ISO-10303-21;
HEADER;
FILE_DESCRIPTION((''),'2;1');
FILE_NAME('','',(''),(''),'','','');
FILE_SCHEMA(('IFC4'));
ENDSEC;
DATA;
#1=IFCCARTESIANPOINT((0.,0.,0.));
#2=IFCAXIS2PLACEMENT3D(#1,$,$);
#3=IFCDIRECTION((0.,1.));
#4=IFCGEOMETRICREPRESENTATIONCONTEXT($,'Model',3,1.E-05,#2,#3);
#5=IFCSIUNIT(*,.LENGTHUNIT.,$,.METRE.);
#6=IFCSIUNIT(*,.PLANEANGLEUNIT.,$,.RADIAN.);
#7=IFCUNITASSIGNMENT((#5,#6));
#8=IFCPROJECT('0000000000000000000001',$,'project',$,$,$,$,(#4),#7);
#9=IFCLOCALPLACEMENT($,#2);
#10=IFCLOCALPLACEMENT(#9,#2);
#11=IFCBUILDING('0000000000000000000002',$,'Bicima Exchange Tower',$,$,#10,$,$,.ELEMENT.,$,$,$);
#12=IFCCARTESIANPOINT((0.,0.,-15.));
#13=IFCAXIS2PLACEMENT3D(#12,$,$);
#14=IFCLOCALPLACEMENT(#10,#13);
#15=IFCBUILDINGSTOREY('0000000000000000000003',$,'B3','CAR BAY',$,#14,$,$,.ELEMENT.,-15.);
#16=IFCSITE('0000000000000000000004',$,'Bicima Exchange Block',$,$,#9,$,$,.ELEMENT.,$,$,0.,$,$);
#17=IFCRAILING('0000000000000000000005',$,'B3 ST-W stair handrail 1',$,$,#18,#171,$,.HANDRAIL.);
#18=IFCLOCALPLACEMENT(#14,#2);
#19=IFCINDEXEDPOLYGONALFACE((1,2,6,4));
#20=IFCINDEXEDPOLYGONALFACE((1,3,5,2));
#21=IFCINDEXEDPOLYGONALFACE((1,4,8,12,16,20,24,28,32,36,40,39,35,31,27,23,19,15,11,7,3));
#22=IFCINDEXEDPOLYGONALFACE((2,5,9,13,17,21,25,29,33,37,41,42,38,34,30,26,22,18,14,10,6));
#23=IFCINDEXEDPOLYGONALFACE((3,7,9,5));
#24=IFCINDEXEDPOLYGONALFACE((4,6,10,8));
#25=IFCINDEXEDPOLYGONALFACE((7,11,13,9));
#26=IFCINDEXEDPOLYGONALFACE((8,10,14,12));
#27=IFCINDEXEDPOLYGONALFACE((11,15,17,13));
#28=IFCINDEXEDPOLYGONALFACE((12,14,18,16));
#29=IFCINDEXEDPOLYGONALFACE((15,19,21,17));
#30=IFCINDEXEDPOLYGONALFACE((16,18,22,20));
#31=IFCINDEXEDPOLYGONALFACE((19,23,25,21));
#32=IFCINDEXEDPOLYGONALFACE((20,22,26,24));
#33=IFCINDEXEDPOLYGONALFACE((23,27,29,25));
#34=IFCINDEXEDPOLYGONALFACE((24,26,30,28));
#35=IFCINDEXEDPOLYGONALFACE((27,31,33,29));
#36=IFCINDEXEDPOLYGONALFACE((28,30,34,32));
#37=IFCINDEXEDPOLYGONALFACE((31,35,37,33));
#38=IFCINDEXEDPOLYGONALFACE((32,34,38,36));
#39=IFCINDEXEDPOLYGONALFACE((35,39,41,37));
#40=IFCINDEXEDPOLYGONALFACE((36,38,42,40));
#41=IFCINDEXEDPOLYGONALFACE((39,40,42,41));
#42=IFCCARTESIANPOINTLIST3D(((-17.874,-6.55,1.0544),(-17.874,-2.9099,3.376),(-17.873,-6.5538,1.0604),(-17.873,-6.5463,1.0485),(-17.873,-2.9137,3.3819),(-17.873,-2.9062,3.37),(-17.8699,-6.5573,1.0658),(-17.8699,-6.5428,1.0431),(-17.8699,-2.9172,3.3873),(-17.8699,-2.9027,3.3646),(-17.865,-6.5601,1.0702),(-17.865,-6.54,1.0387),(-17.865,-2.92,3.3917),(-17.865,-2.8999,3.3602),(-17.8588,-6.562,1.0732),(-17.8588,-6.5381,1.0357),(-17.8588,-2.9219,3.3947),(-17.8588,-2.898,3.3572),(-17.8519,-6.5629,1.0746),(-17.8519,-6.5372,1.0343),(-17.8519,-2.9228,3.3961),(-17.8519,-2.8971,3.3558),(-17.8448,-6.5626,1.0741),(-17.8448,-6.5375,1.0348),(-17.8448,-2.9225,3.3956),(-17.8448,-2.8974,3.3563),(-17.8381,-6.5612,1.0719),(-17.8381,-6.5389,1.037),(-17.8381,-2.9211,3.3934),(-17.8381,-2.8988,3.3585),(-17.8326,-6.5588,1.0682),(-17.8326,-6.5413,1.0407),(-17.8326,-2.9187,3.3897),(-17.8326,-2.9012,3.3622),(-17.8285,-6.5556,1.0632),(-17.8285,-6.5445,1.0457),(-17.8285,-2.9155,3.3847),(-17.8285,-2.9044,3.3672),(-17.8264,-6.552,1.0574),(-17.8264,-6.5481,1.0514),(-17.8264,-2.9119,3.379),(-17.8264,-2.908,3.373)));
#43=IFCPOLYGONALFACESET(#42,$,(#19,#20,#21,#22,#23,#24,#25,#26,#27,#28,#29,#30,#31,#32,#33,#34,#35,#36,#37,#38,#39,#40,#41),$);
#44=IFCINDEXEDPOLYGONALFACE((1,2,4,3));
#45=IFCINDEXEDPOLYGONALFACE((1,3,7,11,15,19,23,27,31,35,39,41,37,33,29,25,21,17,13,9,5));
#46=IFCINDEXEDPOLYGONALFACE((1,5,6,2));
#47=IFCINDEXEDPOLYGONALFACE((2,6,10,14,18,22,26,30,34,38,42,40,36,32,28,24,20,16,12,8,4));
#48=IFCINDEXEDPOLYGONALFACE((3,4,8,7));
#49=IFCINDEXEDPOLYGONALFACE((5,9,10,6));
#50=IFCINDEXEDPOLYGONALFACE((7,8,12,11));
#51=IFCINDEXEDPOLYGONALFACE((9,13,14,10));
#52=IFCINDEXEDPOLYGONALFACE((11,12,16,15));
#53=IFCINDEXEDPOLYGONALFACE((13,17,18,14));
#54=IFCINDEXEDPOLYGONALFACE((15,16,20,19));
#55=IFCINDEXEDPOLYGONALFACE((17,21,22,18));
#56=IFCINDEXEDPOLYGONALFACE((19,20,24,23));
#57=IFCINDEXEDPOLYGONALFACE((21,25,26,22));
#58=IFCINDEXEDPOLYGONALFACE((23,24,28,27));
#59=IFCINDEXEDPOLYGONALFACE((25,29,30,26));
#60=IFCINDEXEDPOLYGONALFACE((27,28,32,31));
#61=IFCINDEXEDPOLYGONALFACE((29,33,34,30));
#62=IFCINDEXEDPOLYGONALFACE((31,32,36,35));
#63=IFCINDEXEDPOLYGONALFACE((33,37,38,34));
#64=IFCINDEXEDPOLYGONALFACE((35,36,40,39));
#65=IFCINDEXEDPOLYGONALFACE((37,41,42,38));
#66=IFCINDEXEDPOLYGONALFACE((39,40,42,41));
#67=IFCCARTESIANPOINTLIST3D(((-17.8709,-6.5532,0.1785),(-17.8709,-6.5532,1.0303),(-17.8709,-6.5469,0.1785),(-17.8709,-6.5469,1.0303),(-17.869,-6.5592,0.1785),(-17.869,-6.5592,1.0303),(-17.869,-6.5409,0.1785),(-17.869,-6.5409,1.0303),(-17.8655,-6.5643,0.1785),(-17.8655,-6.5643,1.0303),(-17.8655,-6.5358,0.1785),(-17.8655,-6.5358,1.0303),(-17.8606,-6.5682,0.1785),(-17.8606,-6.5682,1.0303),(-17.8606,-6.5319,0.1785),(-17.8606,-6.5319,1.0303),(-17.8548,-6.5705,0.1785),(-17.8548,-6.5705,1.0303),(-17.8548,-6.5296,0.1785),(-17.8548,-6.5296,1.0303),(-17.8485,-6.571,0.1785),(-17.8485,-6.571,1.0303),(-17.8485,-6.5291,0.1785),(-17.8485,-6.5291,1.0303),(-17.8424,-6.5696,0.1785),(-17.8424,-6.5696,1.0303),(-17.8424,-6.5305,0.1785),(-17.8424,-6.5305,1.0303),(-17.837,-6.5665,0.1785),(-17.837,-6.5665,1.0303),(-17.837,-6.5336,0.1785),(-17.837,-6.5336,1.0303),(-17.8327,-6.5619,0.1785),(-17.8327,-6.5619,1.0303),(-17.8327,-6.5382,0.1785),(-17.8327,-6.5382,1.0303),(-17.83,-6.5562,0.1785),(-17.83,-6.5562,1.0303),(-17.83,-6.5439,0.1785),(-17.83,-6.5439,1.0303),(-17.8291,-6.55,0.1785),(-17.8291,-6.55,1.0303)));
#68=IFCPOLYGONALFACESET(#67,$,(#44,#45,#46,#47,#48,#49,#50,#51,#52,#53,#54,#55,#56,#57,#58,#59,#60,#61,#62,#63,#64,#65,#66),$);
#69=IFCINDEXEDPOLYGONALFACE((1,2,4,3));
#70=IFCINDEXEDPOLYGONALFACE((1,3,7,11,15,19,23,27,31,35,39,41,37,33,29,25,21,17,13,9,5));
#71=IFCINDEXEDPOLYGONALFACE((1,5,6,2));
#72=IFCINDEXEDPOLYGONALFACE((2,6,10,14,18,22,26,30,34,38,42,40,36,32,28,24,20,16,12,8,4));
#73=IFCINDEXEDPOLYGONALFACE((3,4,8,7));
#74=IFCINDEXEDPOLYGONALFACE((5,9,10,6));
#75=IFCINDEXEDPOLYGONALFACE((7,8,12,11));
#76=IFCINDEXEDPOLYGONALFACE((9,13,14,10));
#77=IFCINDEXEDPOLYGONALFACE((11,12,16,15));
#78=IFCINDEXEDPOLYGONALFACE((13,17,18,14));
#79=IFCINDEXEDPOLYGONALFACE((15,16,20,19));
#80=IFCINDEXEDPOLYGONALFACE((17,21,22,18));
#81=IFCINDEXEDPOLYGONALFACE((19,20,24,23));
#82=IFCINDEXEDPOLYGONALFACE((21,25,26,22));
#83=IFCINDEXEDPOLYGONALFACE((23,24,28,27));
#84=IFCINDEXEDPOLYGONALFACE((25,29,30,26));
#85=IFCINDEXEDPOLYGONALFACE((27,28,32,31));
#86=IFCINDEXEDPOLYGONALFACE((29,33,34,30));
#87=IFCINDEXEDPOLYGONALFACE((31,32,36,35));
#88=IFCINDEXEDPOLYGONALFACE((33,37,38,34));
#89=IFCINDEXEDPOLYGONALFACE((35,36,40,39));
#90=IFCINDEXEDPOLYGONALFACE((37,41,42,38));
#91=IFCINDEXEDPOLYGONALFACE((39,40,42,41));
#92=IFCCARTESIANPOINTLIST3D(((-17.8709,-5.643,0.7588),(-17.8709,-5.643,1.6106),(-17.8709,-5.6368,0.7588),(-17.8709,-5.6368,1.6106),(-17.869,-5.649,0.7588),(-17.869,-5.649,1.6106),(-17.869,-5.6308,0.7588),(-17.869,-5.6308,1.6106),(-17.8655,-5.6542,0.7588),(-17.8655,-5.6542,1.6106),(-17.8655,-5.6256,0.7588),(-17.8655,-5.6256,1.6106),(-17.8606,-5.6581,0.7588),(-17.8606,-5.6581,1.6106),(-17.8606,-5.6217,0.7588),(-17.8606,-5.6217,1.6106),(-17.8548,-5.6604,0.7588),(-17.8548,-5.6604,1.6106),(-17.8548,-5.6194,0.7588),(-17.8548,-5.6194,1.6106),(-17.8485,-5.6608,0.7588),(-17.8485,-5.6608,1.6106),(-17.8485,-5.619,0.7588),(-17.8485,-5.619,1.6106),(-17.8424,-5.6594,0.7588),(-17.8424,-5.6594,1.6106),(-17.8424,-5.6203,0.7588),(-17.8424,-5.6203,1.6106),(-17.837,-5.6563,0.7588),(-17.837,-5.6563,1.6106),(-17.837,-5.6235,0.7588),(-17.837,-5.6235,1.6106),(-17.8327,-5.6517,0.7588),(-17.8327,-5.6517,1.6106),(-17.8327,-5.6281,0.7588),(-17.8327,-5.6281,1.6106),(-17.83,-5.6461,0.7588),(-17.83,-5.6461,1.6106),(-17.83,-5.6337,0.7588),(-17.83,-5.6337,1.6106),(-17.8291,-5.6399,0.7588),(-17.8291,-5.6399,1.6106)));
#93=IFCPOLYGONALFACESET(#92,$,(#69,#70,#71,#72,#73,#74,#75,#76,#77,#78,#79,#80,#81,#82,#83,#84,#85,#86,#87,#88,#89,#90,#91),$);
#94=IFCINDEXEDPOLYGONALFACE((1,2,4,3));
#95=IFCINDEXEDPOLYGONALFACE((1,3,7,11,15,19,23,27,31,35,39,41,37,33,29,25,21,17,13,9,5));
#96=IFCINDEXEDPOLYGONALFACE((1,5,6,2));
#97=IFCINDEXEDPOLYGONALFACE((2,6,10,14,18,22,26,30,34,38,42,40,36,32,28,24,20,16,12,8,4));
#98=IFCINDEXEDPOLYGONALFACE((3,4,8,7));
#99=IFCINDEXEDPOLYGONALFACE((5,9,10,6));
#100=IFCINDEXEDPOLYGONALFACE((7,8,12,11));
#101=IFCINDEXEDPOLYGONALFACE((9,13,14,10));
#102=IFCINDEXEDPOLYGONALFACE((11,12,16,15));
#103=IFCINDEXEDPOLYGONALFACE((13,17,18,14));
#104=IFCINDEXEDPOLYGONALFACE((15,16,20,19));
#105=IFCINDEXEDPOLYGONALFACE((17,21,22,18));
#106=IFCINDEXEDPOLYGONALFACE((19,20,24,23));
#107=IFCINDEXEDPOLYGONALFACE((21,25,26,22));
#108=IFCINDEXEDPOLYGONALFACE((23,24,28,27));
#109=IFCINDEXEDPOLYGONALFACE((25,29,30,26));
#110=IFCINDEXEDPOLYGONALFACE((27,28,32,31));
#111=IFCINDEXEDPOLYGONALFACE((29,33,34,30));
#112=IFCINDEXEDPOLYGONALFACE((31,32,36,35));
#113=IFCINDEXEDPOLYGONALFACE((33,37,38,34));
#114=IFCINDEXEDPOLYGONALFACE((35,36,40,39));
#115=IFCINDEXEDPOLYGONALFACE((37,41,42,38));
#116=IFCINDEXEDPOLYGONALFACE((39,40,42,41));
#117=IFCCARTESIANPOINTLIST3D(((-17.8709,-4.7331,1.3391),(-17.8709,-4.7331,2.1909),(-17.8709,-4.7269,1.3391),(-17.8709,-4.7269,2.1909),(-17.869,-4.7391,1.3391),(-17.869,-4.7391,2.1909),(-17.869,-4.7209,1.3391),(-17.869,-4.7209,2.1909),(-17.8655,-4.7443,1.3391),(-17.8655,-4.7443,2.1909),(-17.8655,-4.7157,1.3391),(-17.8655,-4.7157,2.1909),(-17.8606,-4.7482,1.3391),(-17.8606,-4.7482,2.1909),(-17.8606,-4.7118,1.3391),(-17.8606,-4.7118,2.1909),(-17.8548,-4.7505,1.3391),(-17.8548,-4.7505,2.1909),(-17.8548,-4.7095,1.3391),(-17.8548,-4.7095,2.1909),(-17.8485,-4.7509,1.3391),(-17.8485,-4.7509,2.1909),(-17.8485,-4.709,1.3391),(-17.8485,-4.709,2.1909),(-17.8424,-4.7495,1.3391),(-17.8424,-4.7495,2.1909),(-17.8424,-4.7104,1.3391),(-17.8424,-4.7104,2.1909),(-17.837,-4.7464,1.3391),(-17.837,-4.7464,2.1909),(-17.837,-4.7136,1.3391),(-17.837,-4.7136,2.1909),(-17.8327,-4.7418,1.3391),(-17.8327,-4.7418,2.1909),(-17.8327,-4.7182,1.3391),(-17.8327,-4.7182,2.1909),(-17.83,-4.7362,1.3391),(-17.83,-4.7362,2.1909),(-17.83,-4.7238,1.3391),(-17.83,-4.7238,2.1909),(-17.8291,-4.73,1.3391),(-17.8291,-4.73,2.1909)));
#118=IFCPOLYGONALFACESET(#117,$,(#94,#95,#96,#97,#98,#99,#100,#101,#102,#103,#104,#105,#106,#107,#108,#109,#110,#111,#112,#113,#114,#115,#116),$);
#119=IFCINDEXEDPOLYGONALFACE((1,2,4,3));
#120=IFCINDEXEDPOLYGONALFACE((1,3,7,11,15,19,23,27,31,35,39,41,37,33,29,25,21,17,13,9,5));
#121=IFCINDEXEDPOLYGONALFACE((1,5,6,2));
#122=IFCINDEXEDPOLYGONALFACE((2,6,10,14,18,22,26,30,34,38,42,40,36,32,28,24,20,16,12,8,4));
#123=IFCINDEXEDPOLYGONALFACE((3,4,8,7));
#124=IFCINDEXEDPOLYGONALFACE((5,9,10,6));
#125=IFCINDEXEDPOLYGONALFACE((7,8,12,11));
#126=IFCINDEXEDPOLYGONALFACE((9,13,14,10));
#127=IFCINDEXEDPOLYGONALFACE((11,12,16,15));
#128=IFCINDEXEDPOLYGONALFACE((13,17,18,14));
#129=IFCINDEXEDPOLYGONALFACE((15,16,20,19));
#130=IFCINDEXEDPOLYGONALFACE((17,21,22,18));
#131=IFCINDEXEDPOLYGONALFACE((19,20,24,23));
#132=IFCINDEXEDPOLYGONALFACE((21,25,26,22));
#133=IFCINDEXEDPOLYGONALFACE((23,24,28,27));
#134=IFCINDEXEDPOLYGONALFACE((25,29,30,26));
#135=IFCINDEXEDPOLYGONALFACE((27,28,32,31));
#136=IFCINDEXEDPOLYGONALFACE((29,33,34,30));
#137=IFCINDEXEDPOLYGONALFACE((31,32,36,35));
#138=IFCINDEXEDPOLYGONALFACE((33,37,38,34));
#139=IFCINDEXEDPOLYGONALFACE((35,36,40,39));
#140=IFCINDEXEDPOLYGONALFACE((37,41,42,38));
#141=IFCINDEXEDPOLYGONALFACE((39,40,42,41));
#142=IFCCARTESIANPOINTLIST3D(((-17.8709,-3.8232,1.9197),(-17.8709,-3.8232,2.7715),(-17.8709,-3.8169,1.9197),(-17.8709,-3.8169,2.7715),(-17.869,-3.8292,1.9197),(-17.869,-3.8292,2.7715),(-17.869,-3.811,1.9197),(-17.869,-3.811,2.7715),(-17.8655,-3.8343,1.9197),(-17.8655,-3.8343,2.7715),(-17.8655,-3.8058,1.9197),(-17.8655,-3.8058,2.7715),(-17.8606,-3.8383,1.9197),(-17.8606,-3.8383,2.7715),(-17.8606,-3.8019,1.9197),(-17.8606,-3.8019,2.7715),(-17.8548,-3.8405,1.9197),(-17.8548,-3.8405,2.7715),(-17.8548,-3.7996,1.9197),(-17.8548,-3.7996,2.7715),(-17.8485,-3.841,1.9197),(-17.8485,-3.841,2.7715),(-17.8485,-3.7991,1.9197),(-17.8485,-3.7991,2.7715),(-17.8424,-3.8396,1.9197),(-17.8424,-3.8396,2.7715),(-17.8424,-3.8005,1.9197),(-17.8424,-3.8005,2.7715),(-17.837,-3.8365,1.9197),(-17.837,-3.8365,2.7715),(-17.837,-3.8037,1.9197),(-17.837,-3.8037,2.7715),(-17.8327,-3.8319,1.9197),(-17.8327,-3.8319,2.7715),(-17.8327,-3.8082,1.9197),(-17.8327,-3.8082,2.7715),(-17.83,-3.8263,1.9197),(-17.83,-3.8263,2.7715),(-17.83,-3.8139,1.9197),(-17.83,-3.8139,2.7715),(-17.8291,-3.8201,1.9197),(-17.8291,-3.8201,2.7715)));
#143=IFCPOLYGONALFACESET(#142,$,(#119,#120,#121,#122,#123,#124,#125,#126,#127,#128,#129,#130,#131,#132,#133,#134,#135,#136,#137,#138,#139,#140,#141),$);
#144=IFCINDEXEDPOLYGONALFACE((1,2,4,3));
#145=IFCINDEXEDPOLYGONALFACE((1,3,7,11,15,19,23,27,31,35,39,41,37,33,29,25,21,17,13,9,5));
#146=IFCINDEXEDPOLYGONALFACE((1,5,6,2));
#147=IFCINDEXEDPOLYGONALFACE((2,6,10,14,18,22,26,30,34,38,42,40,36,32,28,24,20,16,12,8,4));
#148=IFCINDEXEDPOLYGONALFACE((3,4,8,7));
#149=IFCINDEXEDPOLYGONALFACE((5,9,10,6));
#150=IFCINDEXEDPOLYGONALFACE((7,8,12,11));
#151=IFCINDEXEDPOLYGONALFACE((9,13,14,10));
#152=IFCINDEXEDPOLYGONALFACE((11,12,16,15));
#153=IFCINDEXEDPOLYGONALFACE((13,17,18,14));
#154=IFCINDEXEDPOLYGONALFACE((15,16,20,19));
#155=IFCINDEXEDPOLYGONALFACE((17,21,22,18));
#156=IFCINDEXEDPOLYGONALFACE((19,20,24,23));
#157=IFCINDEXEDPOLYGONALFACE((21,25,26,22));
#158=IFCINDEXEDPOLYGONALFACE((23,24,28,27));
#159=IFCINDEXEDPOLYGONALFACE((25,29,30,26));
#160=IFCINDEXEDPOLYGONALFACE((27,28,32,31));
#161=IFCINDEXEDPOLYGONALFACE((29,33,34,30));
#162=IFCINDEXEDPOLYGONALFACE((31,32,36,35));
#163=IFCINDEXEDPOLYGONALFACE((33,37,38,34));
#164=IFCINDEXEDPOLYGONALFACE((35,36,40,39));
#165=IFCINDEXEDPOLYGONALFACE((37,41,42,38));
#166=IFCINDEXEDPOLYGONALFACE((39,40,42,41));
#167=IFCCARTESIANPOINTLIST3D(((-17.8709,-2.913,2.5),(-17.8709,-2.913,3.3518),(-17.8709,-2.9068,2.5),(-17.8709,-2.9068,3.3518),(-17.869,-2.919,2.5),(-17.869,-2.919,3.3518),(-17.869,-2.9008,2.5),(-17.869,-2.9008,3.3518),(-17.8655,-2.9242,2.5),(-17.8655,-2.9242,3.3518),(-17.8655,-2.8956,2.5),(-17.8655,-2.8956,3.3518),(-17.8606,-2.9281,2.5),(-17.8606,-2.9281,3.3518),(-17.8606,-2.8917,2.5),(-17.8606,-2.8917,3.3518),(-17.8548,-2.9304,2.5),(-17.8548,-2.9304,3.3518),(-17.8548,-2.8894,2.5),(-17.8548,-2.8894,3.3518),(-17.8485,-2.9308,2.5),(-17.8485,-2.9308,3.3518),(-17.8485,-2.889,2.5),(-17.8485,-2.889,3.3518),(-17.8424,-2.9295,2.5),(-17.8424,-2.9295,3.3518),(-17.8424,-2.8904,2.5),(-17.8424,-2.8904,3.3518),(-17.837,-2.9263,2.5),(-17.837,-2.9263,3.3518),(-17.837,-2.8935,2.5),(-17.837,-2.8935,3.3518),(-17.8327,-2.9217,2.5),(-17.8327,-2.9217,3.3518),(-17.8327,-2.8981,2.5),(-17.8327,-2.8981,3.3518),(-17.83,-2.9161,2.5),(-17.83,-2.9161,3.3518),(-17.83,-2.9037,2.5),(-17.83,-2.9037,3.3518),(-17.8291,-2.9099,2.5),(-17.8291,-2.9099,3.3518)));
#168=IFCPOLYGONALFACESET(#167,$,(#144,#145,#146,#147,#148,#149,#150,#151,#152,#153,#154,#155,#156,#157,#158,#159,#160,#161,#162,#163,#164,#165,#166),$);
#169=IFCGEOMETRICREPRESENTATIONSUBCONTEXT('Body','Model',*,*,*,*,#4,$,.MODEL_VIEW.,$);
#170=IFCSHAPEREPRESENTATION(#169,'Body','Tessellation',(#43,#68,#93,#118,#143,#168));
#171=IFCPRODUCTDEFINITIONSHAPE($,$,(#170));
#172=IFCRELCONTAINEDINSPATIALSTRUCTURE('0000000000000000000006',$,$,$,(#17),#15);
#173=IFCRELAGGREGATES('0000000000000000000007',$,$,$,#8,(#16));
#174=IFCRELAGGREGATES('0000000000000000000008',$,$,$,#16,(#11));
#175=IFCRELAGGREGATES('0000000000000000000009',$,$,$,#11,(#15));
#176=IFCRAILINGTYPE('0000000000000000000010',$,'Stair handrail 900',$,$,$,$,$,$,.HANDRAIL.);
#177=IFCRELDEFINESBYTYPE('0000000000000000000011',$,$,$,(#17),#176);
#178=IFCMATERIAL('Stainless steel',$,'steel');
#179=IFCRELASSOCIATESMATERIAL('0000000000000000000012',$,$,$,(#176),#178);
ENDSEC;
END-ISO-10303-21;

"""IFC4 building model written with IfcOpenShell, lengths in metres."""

from ifc_helpers import new_model, si_unit, direction, frame, origin, origin_2d, place, context, subcontext, project, spatial, circle, extrude, material, type_object, element, save


model = new_model("IFC4")

# Units and contexts
model_context = context("Model", 3, precision=1e-05, world=origin(), true_north=direction((0.0, 1.0)))
body_context = subcontext(model_context, "Body", "Model", "MODEL_VIEW")
ifc_project = project(units=[si_unit("LENGTHUNIT", "METRE"), si_unit("PLANEANGLEUNIT", "RADIAN")], contexts=[model_context])

# Site, building, storey
site_placement = place(None, origin())
site = spatial("IfcSite", under=ifc_project, at=site_placement, Name="Bicima Exchange Block", CompositionType="ELEMENT", RefElevation=0.0)
building_placement = place(site_placement, origin())
building = spatial("IfcBuilding", under=site, at=building_placement, Name="Bicima Exchange Tower", CompositionType="ELEMENT")
storey_placement = place(building_placement, frame((0.0, 0.0, -15.0)))
storey = spatial("IfcBuildingStorey", under=building, at=storey_placement, Name="B3", Description="CAR BAY", CompositionType="ELEMENT", Elevation=-15.0)

# Shared definitions
ifc_material_1 = material(Name="Stainless steel", Category="steel")

# Railing
railing_type_1 = type_object("IfcRailingType", Name="Stair handrail 900", PredefinedType="HANDRAIL", material=ifc_material_1)
railing_1_placement = place(storey_placement, frame((-17.8501, -6.55, 0.1785)))
element("IfcRailing", 1, at=railing_1_placement, inside=storey, type_object=railing_type_1, Name="B3 ST-W stair handrail 1", PredefinedType="HANDRAIL", context=body_context, shape_type="SweptSolid", body=[
    extrude(circle(Radius=0.0239, at=origin_2d()), frame((0.0, 0.0, 0.876), z_axis=(0.0, 0.843128, 0.537713), x_axis=(-1.0, 0.0, 0.0)), (0.0, 0.0, 1.0), 4.3174),
    extrude(circle(Radius=0.021, at=origin_2d()), origin(), (0.0, 0.0, 1.0), 0.8518),
    extrude(circle(Radius=0.021, at=origin_2d()), frame((0.0, 0.9102, 0.5803)), (0.0, 0.0, 1.0), 0.8518),
    extrude(circle(Radius=0.021, at=origin_2d()), frame((0.0, 1.8201, 1.1606)), (0.0, 0.0, 1.0), 0.8518),
    extrude(circle(Radius=0.021, at=origin_2d()), frame((0.0, 2.73, 1.7412)), (0.0, 0.0, 1.0), 0.8518),
    extrude(circle(Radius=0.021, at=origin_2d()), frame((0.0, 3.6401, 2.3215)), (0.0, 0.0, 1.0), 0.8518),
])

save(model, "model.ifc")
